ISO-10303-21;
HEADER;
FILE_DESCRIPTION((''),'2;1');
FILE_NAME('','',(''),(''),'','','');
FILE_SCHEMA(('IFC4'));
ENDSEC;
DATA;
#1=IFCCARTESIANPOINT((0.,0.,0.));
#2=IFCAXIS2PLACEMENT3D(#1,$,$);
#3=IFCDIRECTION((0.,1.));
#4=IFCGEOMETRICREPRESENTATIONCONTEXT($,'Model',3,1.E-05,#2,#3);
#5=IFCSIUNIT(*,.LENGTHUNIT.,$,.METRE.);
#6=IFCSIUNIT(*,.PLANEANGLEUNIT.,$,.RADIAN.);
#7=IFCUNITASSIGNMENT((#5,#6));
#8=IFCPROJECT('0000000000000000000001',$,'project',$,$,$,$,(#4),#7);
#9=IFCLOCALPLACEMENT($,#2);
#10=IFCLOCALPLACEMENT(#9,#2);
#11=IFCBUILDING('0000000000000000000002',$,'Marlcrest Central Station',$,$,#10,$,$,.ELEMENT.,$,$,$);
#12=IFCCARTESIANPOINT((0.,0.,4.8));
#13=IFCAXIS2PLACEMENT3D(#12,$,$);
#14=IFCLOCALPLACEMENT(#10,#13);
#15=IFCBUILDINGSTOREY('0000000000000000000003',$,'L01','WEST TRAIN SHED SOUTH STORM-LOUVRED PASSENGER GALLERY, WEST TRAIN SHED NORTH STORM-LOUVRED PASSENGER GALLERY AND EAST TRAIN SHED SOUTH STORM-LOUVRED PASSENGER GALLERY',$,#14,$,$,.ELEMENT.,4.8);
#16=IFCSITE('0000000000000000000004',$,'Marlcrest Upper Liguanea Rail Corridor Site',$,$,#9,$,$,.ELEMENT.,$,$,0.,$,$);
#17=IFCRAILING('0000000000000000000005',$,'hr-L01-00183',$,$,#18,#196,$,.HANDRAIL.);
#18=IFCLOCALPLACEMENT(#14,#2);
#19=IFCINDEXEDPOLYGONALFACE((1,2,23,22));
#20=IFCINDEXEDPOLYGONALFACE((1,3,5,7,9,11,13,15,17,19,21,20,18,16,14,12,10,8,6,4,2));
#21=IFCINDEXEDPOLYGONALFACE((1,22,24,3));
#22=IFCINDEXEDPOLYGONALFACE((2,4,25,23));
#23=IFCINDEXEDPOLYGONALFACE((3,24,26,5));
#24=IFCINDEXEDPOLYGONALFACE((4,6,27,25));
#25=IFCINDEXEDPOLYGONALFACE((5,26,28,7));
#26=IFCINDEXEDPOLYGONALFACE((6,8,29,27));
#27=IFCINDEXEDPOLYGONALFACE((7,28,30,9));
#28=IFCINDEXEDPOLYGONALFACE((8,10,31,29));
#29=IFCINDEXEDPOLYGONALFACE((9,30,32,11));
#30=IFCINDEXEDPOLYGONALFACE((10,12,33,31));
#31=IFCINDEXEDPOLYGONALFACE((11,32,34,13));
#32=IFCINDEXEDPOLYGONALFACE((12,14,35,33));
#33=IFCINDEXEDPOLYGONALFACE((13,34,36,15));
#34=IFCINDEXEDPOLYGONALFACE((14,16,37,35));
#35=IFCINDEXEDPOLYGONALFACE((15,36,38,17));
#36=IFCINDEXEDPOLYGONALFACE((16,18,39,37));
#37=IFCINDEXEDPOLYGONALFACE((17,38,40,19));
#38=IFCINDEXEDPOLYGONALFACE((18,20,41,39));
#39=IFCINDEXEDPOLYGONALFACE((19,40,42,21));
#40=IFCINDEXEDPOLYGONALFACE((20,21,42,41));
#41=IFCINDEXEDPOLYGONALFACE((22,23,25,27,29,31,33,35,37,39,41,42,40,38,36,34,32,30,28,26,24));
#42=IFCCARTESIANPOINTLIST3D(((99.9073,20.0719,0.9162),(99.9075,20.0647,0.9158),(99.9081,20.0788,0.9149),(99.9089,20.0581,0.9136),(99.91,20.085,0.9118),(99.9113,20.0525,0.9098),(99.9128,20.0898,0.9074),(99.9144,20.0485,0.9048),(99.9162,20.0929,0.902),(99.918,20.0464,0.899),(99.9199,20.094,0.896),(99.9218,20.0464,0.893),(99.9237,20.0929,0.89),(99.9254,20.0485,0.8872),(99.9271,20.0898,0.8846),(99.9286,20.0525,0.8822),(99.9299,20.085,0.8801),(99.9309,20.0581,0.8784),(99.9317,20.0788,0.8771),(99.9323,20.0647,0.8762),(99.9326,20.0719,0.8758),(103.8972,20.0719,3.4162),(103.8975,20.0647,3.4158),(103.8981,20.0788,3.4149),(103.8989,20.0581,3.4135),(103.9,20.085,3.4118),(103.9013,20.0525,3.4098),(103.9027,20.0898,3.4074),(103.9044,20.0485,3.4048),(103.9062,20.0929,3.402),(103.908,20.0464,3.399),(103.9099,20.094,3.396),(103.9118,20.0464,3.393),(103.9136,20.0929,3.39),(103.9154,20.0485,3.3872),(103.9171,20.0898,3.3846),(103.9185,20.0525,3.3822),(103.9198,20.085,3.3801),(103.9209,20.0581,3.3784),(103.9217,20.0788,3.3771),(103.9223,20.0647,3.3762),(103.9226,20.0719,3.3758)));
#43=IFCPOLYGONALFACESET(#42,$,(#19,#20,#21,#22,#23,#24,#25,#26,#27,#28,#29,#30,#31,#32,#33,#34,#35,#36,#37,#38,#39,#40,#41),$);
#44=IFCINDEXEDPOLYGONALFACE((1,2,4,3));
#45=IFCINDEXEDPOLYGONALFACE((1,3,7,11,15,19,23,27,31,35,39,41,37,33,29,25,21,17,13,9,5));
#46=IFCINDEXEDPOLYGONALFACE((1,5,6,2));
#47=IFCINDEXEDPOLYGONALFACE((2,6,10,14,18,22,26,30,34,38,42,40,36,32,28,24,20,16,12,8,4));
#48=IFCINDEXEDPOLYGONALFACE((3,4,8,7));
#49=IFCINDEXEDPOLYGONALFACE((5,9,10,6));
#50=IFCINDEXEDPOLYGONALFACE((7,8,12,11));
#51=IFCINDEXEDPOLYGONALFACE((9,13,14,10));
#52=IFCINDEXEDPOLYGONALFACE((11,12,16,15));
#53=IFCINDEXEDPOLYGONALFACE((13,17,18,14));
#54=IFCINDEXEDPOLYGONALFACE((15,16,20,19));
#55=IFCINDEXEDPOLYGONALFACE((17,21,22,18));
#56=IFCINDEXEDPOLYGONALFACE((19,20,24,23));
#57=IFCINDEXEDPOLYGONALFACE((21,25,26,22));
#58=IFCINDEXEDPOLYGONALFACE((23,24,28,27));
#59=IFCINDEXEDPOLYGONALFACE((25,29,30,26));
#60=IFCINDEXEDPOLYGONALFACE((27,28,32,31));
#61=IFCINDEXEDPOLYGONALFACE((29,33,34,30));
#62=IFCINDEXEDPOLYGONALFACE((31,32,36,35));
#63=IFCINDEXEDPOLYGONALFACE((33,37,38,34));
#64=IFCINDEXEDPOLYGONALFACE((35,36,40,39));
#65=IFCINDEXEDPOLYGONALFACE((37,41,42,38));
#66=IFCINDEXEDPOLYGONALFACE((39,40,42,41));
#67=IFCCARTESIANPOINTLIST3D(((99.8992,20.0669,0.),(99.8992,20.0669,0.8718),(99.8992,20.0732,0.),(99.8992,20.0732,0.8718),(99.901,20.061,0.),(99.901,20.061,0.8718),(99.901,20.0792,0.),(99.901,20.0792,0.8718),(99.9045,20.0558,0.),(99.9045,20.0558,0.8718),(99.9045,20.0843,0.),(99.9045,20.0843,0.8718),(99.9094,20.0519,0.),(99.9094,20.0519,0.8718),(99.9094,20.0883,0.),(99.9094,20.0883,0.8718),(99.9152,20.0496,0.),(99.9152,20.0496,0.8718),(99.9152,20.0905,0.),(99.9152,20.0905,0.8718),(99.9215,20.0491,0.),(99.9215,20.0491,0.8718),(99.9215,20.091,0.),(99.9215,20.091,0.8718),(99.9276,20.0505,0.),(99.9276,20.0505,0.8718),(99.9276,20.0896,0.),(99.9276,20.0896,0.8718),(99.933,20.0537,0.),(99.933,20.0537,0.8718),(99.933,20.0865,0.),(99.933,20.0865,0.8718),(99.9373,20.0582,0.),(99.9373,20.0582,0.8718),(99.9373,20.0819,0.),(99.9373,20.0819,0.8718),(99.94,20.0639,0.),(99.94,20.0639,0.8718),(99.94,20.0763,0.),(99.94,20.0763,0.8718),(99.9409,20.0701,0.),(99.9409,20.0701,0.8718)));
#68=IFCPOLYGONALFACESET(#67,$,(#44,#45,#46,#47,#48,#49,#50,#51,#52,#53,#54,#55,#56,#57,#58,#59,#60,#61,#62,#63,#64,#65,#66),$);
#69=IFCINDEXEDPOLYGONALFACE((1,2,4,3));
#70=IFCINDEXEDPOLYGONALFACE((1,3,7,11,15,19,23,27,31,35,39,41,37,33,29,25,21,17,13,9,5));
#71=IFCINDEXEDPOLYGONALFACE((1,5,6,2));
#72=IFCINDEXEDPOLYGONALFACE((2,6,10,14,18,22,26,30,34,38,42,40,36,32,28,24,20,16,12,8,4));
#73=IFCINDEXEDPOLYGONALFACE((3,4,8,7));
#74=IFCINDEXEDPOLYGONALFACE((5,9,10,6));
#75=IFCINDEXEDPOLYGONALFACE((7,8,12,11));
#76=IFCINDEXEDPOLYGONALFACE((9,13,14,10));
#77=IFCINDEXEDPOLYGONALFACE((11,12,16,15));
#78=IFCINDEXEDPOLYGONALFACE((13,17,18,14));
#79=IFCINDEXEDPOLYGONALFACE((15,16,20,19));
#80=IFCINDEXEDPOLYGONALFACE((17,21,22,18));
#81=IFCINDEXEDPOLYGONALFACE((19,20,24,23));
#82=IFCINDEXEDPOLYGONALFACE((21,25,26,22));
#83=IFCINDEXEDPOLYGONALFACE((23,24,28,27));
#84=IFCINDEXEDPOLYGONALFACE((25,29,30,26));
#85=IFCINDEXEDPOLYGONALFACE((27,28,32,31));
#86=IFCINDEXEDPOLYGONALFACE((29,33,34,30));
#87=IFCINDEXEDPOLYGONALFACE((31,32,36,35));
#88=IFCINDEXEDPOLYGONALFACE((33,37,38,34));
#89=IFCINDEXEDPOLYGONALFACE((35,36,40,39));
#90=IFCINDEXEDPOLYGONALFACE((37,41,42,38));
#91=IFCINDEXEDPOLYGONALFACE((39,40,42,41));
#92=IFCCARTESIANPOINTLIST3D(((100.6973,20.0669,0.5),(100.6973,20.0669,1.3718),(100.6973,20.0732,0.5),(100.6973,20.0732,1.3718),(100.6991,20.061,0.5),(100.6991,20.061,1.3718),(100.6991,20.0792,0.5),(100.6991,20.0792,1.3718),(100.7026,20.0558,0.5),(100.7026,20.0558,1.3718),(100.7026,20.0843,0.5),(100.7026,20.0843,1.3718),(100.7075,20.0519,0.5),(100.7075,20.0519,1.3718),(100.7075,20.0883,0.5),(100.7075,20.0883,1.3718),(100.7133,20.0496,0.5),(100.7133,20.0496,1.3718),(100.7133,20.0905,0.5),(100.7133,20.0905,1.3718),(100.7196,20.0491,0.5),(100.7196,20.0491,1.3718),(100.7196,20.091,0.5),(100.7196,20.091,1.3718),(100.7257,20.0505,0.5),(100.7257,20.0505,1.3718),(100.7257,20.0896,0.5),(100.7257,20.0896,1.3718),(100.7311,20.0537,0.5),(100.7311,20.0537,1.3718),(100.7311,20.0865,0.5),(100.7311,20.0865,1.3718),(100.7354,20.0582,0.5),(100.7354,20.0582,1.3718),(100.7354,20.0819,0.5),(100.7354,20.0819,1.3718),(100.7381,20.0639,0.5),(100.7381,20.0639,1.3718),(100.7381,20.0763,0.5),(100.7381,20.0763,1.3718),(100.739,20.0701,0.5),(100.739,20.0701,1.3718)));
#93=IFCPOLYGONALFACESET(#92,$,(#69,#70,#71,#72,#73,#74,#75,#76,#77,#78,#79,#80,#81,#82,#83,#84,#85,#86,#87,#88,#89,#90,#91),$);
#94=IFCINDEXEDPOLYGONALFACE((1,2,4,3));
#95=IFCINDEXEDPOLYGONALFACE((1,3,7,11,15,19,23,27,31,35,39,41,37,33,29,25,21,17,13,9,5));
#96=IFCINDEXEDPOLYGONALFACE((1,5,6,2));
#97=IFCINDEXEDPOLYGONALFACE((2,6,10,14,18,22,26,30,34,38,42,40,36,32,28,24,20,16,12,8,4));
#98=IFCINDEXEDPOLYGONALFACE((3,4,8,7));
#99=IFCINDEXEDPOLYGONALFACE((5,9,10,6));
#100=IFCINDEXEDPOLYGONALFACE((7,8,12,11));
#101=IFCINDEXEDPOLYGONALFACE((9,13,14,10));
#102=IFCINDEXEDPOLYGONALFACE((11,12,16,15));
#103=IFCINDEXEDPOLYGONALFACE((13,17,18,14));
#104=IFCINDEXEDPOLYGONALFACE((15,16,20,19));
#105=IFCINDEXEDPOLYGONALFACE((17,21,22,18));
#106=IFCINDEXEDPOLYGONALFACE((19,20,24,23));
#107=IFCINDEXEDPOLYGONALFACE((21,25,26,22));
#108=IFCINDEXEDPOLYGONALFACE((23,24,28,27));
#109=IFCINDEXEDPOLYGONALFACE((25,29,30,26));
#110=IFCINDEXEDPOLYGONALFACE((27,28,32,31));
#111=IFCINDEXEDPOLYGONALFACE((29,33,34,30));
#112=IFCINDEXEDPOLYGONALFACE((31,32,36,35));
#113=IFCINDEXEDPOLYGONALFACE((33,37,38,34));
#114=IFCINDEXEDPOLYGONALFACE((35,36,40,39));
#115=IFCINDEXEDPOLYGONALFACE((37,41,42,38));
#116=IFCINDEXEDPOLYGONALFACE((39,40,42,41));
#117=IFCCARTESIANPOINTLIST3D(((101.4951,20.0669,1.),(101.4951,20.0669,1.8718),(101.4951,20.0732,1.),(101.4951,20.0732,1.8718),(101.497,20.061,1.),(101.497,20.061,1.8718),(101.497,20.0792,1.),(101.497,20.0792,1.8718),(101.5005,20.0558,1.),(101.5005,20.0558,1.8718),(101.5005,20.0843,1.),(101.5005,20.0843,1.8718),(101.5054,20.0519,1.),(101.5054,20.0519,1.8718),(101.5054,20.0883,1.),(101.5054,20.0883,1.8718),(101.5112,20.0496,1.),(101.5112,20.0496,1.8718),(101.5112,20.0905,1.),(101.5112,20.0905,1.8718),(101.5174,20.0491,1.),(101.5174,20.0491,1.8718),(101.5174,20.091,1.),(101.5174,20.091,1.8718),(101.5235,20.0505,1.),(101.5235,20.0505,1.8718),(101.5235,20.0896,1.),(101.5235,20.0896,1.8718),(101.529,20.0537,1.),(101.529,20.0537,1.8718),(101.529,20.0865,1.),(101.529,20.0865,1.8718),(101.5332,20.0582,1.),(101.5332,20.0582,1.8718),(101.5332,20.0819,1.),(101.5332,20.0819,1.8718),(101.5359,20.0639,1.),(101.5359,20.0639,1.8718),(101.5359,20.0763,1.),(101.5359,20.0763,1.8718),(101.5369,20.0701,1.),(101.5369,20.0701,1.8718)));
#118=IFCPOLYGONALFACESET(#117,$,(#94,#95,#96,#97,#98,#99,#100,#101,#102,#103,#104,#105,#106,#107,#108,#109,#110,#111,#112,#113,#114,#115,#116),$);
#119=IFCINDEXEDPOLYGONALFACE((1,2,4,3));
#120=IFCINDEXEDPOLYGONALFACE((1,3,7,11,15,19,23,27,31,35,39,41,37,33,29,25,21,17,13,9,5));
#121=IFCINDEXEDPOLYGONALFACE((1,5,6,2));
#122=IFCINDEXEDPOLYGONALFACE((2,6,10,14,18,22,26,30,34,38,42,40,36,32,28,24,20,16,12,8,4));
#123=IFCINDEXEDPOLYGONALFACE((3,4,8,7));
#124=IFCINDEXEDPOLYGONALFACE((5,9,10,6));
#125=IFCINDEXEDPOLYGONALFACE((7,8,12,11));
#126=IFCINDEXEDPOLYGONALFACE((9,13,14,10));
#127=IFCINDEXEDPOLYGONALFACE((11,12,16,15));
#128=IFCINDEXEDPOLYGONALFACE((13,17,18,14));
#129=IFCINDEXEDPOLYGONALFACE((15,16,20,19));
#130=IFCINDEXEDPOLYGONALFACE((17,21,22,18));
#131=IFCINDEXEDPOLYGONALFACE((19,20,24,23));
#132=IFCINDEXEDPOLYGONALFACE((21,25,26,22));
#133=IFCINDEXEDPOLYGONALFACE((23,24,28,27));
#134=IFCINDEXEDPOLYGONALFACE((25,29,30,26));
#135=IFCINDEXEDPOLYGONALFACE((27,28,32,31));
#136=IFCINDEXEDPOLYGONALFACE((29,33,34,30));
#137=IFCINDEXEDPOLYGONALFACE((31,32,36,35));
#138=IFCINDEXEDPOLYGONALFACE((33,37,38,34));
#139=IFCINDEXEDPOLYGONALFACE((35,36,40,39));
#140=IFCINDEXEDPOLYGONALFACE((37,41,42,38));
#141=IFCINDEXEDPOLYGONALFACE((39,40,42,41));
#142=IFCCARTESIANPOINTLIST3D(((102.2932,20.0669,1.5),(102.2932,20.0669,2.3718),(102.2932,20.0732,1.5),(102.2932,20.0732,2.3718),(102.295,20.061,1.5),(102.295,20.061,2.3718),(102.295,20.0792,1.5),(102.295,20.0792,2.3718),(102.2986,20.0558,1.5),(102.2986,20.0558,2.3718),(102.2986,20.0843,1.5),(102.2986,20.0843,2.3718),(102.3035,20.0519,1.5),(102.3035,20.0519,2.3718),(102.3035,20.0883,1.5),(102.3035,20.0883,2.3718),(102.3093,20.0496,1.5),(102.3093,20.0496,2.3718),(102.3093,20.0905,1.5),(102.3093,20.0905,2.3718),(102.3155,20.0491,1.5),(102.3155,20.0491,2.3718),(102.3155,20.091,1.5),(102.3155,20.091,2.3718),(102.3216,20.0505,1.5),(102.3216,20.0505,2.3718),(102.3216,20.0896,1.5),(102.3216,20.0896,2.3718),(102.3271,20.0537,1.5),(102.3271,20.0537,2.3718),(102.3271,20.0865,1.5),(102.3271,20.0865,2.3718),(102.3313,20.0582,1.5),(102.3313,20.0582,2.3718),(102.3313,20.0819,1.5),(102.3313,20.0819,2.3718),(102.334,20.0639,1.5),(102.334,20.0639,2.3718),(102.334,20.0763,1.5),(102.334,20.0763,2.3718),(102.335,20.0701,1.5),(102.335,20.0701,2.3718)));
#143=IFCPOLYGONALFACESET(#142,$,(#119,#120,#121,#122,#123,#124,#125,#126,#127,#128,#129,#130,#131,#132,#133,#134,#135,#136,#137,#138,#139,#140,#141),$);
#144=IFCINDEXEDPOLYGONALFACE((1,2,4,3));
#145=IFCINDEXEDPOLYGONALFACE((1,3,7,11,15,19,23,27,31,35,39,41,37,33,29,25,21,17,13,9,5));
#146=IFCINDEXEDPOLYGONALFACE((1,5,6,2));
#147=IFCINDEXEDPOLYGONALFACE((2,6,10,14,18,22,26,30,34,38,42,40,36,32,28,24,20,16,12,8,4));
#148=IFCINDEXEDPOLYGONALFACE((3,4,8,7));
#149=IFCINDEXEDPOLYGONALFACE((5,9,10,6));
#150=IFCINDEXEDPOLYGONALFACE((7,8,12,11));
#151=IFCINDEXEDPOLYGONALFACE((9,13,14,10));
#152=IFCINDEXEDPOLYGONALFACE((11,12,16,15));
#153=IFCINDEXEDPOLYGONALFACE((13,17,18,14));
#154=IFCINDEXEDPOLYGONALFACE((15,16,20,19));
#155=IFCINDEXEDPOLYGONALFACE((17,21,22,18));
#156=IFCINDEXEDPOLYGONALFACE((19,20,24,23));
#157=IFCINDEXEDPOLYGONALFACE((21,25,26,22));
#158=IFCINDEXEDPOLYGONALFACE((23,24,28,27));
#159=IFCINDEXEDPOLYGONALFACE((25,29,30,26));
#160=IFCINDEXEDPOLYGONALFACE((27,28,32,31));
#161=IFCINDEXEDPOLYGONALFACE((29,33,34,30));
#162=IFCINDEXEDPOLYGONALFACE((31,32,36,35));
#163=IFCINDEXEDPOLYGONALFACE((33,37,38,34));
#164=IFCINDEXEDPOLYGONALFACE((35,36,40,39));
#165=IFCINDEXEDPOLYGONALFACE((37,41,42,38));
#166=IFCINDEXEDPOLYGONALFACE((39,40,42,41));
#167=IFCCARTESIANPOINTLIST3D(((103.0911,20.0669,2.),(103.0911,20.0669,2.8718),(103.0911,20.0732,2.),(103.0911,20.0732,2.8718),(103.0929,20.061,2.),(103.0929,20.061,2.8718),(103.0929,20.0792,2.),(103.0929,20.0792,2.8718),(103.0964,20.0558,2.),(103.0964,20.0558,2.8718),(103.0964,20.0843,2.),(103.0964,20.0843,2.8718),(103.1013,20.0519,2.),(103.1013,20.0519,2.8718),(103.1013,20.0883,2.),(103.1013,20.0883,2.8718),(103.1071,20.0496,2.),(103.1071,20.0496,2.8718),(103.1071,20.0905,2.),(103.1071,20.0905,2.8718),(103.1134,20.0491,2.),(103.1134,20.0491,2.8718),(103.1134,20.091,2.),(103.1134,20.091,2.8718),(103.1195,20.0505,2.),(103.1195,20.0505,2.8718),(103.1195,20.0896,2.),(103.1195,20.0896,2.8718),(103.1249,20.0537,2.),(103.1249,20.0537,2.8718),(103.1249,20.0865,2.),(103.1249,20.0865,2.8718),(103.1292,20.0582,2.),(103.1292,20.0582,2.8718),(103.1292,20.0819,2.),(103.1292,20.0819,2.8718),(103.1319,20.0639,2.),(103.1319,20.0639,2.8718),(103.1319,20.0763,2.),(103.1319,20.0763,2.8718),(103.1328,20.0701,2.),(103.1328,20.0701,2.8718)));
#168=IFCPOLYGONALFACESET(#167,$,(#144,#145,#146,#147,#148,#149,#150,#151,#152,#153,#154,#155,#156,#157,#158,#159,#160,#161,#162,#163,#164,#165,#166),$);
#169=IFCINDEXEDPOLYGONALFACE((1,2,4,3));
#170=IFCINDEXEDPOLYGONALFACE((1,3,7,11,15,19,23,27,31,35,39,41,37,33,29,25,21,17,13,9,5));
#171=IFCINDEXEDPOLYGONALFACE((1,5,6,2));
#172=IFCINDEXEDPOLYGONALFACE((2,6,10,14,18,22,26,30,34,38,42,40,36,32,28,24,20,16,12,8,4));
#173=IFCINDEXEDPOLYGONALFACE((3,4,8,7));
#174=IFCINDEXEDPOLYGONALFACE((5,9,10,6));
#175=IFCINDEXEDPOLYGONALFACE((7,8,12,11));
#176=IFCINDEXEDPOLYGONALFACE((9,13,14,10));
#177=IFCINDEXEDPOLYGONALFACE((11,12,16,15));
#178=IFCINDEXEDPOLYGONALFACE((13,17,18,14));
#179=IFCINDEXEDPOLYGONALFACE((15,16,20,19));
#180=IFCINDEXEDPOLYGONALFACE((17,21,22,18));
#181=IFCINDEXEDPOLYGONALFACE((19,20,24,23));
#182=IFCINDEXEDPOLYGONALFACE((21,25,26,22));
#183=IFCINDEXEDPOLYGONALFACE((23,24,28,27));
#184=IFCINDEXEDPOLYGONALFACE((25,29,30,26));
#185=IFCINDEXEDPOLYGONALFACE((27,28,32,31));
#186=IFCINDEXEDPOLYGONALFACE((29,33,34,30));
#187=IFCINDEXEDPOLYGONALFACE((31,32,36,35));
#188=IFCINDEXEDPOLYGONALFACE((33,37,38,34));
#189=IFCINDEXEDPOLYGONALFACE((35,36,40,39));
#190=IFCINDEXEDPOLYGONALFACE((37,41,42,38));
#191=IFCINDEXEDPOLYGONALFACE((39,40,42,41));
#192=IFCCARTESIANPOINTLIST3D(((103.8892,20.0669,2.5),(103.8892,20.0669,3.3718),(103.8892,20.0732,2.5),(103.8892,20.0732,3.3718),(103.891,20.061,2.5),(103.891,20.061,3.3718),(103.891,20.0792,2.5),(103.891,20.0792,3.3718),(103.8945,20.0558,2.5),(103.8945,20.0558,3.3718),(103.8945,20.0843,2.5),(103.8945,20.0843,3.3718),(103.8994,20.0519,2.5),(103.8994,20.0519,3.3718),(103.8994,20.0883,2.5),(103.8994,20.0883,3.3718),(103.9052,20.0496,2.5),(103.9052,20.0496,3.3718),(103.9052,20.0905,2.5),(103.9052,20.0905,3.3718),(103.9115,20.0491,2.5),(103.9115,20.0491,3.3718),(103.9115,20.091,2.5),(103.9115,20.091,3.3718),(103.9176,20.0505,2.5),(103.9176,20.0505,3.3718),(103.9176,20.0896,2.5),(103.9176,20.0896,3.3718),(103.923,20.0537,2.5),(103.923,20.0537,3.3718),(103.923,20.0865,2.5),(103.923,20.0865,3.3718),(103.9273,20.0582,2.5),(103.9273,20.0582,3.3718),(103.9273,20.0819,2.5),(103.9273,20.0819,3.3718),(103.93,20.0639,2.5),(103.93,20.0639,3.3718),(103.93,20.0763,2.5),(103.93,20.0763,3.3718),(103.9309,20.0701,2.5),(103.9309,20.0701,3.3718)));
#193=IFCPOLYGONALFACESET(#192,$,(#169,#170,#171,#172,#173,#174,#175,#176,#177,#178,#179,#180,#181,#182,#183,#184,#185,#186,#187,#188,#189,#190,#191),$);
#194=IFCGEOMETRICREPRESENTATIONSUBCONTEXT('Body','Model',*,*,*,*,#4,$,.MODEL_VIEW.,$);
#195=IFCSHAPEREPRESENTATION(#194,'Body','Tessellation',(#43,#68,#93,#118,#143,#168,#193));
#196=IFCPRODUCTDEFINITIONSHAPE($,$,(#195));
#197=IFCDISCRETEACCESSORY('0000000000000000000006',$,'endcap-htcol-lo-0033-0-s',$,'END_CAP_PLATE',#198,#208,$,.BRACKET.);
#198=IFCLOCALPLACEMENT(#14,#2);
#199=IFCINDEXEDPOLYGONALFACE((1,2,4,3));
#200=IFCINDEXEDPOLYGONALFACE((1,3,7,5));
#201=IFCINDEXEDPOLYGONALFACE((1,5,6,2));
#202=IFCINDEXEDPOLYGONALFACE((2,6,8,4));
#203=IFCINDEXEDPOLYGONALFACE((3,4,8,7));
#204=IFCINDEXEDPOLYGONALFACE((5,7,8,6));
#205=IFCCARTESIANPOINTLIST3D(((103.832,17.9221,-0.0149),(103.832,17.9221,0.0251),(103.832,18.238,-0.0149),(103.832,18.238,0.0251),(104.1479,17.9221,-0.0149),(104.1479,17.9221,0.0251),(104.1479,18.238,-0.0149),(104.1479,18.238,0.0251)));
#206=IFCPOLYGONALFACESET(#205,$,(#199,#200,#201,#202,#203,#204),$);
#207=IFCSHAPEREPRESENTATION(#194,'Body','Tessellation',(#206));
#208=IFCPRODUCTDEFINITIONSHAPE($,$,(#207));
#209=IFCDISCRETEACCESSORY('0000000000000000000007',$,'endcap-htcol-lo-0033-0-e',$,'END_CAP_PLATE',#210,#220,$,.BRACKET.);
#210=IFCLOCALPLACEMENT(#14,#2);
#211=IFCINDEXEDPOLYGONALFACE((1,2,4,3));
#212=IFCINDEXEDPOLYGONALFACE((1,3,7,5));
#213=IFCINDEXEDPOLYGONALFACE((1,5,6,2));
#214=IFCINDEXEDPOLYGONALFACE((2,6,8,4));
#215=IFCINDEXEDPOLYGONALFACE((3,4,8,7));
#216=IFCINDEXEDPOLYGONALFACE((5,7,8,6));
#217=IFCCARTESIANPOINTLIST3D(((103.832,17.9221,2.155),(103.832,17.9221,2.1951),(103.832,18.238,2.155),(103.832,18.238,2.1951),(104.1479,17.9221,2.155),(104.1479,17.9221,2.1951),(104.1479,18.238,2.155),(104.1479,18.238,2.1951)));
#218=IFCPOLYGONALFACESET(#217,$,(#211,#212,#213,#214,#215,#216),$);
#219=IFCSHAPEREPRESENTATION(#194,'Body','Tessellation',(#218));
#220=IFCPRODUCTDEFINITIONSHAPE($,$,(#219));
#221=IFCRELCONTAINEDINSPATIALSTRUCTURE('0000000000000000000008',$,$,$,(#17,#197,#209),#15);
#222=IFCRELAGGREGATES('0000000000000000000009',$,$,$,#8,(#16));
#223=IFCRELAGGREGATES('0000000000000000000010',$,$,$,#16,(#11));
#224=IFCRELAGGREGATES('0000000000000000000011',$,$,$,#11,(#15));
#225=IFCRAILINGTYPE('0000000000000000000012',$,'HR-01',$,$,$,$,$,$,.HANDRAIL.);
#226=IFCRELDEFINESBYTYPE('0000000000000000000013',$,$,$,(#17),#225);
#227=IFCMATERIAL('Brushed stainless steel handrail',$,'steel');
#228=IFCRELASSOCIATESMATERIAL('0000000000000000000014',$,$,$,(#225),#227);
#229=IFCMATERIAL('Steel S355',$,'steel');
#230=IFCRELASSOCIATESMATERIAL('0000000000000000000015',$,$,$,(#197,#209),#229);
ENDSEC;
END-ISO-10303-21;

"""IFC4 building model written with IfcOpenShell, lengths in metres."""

from ifc_helpers import new_model, si_unit, direction, frame, origin, origin_2d, place, context, subcontext, project, spatial, rectangle, circle, extrude, material, type_object, element, save


model = new_model("IFC4")

# Units and contexts
model_context = context("Model", 3, precision=1e-05, world=origin(), true_north=direction((0.0, 1.0)))
body_context = subcontext(model_context, "Body", "Model", "MODEL_VIEW")
ifc_project = project(units=[si_unit("LENGTHUNIT", "METRE"), si_unit("PLANEANGLEUNIT", "RADIAN")], contexts=[model_context])

# Site, building, storey
site_placement = place(None, origin())
site = spatial("IfcSite", under=ifc_project, at=site_placement, Name="Marlcrest Upper Liguanea Rail Corridor Site", CompositionType="ELEMENT", RefElevation=0.0)
building_placement = place(site_placement, origin())
building = spatial("IfcBuilding", under=site, at=building_placement, Name="Marlcrest Central Station", CompositionType="ELEMENT")
storey_placement = place(building_placement, frame((0.0, 0.0, 4.8)))
storey = spatial("IfcBuildingStorey", under=building, at=storey_placement, Name="L01", Description="WEST TRAIN SHED SOUTH STORM-LOUVRED PASSENGER GALLERY, WEST TRAIN SHED NORTH STORM-LOUVRED PASSENGER GALLERY AND EAST TRAIN SHED SOUTH STORM-LOUVRED PASSENGER GALLERY", CompositionType="ELEMENT", Elevation=4.8)

# Shared definitions
ifc_material_1 = material(Name="Steel S355", Category="steel")

# Railing
ifc_material_2 = material(Name="Brushed stainless steel handrail", Category="steel")
railing_type_1 = type_object("IfcRailingType", Name="HR-01", PredefinedType="HANDRAIL", material=ifc_material_2)
railing_1_placement = place(storey_placement, frame((99.9199, 20.0701, 0.0)))
element("IfcRailing", 1, at=railing_1_placement, inside=storey, type_object=railing_type_1, Name="hr-L01-00183", PredefinedType="HANDRAIL", context=body_context, shape_type="SweptSolid", body=[
    extrude(circle(Radius=0.0239, at=origin_2d()), frame((0.0, 0.0, 0.896), z_axis=(0.847401, 0.0, 0.530954), x_axis=(0.0, 1.0, 0.0)), (0.0, 0.0, 1.0), 4.7085),
    extrude(circle(Radius=0.021, at=origin_2d()), origin(), (0.0, 0.0, 1.0), 0.8718),
    extrude(circle(Radius=0.021, at=origin_2d()), frame((0.7981, 0.0, 0.5)), (0.0, 0.0, 1.0), 0.8718),
    extrude(circle(Radius=0.021, at=origin_2d()), frame((1.5959, 0.0, 1.0)), (0.0, 0.0, 1.0), 0.8718),
    extrude(circle(Radius=0.021, at=origin_2d()), frame((2.394, 0.0, 1.5)), (0.0, 0.0, 1.0), 0.8718),
    extrude(circle(Radius=0.021, at=origin_2d()), frame((3.1919, 0.0, 2.0)), (0.0, 0.0, 1.0), 0.8718),
    extrude(circle(Radius=0.021, at=origin_2d()), frame((3.99, 0.0, 2.5)), (0.0, 0.0, 1.0), 0.8718),
])

# Discrete accessories
for number, where, z_axis, x_axis, name in (
    (2, (103.99, 18.0801, -0.0149), (0.0, 0.0, 1.0), (1.0, 0.0, 0.0), "endcap-htcol-lo-0033-0-s"),
    (3, (103.99, 18.0801, 2.155), (0.0, 0.0, 1.0), (1.0, 0.0, 0.0), "endcap-htcol-lo-0033-0-e"),
):
    element("IfcDiscreteAccessory", number, at=place(storey_placement, frame(where, z_axis=z_axis, x_axis=x_axis)), inside=storey, material=ifc_material_1, Name=name, ObjectType="END_CAP_PLATE", PredefinedType="BRACKET", context=body_context, shape_type="SweptSolid", body=[
        extrude(rectangle(XDim=0.3159, YDim=0.3159, at=origin_2d()), origin(), (0.0, 0.0, 1.0), 0.04),
    ])

save(model, "model.ifc")
